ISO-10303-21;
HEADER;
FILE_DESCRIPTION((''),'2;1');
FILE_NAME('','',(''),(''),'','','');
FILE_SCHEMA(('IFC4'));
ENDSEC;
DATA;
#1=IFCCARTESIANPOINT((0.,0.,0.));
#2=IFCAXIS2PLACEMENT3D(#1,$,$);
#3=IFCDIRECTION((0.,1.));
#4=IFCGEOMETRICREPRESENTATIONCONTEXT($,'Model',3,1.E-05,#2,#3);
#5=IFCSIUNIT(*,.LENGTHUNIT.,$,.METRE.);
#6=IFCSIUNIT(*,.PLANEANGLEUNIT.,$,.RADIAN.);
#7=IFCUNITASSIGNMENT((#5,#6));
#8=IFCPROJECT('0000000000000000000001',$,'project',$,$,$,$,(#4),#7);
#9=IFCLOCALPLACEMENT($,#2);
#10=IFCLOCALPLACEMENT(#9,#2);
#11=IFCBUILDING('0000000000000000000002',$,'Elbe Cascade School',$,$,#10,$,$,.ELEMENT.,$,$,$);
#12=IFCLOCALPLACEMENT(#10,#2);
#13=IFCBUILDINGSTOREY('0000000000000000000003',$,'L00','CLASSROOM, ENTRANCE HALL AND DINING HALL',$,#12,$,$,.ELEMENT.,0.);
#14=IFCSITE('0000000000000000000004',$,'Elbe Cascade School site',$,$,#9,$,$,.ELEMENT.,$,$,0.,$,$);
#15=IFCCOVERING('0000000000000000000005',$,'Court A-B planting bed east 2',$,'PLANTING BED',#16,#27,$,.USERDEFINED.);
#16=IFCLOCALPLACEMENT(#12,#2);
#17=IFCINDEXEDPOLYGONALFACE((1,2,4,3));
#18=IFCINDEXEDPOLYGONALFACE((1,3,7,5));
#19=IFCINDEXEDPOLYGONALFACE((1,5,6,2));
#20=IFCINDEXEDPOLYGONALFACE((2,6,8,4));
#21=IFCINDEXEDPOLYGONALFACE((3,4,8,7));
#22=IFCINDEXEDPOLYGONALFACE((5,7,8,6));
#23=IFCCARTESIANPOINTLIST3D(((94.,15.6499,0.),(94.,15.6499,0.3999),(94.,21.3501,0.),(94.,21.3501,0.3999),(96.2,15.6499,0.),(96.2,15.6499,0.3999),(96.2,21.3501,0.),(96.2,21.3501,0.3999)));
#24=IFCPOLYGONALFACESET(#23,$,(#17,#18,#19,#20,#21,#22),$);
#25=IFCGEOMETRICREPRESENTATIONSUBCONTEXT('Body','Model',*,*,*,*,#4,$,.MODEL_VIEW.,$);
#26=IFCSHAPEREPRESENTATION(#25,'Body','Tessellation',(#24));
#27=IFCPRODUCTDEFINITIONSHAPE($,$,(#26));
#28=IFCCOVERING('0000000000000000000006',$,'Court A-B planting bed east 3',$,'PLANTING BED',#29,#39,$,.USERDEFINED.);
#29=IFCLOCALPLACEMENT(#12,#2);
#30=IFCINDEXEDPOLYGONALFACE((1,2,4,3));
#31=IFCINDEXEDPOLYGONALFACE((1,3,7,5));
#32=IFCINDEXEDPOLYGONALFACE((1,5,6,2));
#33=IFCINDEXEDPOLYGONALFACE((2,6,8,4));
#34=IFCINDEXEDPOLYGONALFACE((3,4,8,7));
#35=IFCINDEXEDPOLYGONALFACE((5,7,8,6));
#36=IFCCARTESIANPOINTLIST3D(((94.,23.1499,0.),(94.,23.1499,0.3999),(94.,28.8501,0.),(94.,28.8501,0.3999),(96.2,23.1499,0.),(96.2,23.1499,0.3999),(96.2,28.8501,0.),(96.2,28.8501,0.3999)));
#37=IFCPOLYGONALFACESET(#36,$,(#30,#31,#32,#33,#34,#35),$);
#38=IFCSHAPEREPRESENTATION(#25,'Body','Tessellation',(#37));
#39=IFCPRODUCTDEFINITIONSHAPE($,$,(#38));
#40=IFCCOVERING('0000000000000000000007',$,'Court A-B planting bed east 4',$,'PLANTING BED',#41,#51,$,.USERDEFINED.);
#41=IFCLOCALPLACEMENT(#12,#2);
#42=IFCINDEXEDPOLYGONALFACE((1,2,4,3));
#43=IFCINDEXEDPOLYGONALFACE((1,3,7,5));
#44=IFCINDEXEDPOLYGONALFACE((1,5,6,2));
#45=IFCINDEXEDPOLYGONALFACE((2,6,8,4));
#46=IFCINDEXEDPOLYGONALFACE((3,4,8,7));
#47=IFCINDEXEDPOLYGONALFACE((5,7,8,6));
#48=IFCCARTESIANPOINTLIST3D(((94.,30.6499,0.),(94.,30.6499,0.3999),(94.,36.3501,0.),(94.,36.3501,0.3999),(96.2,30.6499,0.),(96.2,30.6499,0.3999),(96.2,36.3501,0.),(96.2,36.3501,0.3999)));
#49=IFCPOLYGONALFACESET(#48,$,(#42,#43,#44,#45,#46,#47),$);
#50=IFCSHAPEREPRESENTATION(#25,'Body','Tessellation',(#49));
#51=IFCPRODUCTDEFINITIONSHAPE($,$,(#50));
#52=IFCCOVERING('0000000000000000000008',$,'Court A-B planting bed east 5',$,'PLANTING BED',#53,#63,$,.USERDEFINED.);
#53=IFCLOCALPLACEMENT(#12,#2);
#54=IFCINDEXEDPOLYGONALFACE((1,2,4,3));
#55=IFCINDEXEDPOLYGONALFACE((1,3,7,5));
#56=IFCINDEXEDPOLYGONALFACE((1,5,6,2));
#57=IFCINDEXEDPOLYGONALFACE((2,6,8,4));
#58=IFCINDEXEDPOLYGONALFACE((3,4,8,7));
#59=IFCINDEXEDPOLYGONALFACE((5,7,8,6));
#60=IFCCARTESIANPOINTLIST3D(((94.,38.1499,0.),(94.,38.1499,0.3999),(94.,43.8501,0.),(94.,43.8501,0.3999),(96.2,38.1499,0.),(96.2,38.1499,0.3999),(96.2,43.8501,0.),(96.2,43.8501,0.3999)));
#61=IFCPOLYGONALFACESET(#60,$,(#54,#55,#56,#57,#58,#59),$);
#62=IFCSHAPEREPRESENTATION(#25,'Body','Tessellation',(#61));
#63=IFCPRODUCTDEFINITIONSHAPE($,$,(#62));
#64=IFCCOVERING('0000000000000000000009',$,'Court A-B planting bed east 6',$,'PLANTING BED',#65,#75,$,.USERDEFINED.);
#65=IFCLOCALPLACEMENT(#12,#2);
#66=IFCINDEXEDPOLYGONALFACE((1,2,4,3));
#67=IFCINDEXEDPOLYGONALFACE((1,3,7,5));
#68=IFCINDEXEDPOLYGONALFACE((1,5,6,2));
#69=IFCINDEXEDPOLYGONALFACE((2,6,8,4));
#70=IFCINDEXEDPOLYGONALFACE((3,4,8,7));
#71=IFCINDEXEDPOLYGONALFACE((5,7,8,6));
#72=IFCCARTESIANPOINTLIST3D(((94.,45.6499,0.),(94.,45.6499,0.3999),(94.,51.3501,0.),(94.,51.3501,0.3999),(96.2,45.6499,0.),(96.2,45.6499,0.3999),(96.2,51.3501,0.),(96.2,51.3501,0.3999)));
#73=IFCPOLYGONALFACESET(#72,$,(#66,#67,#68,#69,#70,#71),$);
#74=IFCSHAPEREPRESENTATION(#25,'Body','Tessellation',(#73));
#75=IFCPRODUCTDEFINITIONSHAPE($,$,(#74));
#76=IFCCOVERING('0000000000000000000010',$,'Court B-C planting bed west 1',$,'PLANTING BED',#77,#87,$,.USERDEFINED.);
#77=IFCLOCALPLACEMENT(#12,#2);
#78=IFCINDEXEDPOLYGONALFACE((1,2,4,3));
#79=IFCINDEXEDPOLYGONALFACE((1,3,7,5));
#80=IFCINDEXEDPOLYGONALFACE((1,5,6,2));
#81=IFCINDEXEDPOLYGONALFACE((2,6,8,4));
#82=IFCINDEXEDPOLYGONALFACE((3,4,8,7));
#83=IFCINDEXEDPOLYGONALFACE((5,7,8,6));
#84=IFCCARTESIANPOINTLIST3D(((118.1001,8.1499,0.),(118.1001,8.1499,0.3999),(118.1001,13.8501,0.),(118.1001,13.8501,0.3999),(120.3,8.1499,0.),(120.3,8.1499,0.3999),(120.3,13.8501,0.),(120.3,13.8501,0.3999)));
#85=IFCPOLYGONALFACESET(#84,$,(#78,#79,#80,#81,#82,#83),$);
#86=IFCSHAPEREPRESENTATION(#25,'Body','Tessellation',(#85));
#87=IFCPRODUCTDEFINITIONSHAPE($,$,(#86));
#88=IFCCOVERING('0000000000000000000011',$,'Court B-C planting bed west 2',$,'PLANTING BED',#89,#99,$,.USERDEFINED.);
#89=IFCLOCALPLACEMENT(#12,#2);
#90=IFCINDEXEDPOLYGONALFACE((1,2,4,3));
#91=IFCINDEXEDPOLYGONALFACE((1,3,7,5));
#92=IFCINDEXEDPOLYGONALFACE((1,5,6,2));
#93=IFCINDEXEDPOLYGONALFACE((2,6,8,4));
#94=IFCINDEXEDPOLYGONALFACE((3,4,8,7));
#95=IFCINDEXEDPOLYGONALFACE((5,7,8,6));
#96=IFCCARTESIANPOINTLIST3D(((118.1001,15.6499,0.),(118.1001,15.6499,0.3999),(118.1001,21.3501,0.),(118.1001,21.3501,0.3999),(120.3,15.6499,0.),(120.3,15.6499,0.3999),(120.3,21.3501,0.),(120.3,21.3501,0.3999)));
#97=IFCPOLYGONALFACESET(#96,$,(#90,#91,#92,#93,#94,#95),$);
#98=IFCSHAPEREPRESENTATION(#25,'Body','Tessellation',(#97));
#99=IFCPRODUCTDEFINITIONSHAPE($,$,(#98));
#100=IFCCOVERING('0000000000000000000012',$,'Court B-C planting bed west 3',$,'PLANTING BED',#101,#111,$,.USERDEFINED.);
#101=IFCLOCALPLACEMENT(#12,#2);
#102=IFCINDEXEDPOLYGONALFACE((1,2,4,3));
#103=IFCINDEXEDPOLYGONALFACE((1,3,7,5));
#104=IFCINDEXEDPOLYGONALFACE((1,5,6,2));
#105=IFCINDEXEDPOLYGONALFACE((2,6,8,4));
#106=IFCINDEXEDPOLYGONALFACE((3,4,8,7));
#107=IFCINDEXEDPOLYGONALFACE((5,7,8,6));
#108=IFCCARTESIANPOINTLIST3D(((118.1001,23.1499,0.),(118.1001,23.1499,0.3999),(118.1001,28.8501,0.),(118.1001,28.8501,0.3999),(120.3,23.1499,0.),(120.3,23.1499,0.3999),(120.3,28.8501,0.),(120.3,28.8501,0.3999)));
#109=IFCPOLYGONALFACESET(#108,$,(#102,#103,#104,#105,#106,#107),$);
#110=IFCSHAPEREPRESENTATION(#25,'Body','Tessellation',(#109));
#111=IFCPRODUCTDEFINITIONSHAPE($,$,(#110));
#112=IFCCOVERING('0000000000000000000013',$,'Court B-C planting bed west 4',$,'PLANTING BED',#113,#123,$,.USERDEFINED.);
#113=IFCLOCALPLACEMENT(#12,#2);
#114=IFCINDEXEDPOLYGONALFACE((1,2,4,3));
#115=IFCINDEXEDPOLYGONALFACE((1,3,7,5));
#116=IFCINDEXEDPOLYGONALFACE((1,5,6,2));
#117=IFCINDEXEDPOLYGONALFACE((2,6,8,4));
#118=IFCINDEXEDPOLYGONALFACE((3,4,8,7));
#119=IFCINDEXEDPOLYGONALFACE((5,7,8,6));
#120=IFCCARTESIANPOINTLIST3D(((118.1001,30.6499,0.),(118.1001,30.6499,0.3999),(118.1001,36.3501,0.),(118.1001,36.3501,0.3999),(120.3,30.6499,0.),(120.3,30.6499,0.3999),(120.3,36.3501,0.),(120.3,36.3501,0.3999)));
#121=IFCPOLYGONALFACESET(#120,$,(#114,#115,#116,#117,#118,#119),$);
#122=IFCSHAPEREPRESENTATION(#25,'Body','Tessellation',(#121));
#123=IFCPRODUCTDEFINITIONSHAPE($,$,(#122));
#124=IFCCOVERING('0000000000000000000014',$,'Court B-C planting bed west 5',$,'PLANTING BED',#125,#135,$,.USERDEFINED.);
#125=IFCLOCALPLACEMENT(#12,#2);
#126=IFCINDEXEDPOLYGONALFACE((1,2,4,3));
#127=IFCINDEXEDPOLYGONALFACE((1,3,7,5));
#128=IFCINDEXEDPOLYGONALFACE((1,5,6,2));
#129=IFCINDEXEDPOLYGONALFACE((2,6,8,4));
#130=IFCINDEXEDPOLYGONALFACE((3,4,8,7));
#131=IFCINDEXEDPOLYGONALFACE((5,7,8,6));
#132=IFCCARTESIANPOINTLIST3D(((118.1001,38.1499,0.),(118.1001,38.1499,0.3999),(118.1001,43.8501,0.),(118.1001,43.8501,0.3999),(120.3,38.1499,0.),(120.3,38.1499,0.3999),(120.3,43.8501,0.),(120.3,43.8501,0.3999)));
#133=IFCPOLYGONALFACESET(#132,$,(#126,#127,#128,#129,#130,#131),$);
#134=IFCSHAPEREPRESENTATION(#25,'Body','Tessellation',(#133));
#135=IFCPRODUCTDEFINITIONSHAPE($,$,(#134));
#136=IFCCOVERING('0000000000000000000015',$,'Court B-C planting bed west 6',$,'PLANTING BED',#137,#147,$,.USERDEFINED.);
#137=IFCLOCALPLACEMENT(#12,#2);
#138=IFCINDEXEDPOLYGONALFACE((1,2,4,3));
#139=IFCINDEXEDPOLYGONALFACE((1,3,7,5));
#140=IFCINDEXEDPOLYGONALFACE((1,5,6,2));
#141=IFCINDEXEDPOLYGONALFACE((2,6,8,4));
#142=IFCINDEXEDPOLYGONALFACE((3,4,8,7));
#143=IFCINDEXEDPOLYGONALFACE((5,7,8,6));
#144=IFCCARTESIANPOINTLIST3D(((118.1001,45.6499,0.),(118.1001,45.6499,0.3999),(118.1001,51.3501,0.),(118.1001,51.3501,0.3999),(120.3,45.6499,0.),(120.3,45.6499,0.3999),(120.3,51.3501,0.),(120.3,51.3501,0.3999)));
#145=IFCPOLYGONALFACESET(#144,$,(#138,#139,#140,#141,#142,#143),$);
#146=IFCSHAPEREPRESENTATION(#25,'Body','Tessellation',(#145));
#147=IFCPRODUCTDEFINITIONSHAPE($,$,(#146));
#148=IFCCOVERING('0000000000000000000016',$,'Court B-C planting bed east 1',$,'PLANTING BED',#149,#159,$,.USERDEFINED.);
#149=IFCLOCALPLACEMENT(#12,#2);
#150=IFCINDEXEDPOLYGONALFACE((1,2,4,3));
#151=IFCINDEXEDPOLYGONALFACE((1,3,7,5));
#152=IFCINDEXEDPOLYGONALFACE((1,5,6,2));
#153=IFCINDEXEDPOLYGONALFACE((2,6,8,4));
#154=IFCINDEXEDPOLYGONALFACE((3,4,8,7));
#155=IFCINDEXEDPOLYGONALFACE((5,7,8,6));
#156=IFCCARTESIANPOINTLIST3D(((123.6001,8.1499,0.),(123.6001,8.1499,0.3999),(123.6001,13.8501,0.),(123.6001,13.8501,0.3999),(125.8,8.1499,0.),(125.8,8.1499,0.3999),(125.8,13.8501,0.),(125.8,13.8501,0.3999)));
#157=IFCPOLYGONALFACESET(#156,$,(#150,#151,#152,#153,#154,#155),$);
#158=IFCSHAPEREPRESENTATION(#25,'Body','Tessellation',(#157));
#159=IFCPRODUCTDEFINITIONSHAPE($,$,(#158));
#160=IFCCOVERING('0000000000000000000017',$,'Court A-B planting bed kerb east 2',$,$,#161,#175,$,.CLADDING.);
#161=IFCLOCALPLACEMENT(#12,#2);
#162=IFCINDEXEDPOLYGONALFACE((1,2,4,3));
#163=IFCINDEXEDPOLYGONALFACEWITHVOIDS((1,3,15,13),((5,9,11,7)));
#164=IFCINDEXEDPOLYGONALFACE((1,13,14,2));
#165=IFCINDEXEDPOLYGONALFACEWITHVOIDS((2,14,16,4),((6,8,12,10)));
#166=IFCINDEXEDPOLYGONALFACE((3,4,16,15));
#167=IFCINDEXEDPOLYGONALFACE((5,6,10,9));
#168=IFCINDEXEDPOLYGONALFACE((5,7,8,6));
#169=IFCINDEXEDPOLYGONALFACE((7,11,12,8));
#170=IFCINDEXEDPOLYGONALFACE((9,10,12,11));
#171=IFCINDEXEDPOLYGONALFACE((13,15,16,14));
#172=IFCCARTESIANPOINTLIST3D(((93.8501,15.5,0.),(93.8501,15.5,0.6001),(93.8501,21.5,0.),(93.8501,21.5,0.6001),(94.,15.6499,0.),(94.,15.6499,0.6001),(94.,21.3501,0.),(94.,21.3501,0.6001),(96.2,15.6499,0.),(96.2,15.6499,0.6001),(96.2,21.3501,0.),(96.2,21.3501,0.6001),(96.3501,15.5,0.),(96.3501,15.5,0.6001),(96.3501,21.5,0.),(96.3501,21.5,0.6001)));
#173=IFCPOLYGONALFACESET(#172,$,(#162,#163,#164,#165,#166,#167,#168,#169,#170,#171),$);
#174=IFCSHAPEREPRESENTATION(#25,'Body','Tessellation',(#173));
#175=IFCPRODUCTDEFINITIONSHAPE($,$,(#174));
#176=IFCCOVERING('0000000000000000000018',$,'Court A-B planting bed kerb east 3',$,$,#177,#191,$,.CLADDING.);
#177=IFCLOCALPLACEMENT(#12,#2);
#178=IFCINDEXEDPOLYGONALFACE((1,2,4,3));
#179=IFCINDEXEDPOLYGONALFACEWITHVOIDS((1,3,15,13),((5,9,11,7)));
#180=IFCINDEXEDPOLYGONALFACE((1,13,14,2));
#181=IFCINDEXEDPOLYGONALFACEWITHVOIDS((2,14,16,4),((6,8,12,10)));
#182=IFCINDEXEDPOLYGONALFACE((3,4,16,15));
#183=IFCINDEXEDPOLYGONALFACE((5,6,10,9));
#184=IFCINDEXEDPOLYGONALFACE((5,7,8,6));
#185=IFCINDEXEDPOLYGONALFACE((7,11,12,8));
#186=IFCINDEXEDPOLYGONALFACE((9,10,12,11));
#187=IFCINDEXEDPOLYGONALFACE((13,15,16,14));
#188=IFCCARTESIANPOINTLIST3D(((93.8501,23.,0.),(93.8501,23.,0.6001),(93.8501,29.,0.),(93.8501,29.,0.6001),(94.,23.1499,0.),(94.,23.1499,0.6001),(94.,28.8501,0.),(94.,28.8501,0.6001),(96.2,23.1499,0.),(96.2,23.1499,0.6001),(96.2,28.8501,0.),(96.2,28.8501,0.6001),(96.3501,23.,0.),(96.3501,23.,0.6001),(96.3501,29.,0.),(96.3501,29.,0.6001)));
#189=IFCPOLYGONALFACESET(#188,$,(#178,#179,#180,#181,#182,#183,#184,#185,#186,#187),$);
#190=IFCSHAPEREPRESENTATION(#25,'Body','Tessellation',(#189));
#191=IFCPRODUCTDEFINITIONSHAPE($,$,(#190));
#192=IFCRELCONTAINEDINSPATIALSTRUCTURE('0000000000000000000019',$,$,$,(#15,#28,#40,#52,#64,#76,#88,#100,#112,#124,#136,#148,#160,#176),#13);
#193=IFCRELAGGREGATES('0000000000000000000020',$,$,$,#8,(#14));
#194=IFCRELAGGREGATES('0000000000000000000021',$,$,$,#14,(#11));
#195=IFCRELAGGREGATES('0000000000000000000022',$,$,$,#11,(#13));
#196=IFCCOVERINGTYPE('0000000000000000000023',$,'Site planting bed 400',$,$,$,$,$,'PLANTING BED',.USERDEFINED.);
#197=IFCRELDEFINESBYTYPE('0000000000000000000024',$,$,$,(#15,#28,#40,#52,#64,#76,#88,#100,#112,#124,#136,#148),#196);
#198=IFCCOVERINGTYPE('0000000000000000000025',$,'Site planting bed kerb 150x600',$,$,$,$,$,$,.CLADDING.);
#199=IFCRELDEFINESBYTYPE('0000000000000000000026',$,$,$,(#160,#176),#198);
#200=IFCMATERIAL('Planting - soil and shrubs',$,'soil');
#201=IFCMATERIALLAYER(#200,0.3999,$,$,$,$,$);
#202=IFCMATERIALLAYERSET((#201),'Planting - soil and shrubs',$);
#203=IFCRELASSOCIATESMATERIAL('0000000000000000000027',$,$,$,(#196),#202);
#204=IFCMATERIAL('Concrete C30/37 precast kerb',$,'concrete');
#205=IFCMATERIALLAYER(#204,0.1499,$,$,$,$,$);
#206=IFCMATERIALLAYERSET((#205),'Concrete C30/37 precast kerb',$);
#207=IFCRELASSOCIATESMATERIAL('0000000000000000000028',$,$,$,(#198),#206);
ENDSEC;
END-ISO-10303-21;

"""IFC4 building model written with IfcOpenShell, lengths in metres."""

from ifc_helpers import new_model, si_unit, direction, origin, place, context, subcontext, project, spatial, polyline, outline, extrude, material, layer, layer_set, type_object, element, save


model = new_model("IFC4")

# Units and contexts
model_context = context("Model", 3, precision=1e-05, world=origin(), true_north=direction((0.0, 1.0)))
body_context = subcontext(model_context, "Body", "Model", "MODEL_VIEW")
ifc_project = project(units=[si_unit("LENGTHUNIT", "METRE"), si_unit("PLANEANGLEUNIT", "RADIAN")], contexts=[model_context])

# Site, building, storey
site_placement = place(None, origin())
site = spatial("IfcSite", under=ifc_project, at=site_placement, Name="Elbe Cascade School site", CompositionType="ELEMENT", RefElevation=0.0)
building_placement = place(site_placement, origin())
building = spatial("IfcBuilding", under=site, at=building_placement, Name="Elbe Cascade School", CompositionType="ELEMENT")
storey_placement = place(building_placement, origin())
storey = spatial("IfcBuildingStorey", under=building, at=storey_placement, Name="L00", Description="CLASSROOM, ENTRANCE HALL AND DINING HALL", CompositionType="ELEMENT", Elevation=0.0)

# Coverings
ifc_material_1 = material(Name="Planting - soil and shrubs", Category="soil")
ifc_layer_1 = layer(ifc_material_1, 0.3999)
ifc_layer_set_1 = layer_set([ifc_layer_1], Name="Planting - soil and shrubs")
covering_type_1 = type_object("IfcCoveringType", Name="Site planting bed 400", ElementType="PLANTING BED", PredefinedType="USERDEFINED", material=ifc_layer_set_1)
covering_1_placement = place(storey_placement, origin())
element("IfcCovering", 1, at=covering_1_placement, inside=storey, type_object=covering_type_1, Name="Court A-B planting bed east 2", ObjectType="PLANTING BED", PredefinedType="USERDEFINED", context=body_context, shape_type="SweptSolid", body=[
    extrude(outline(polyline([(94.0, 15.6499), (96.2, 15.6499), (96.2, 21.3501), (94.0, 21.3501), (94.0, 15.6499)])), origin(), (0.0, 0.0, 1.0), 0.3999),
])
covering_2_placement = place(storey_placement, origin())
element("IfcCovering", 2, at=covering_2_placement, inside=storey, type_object=covering_type_1, Name="Court A-B planting bed east 3", ObjectType="PLANTING BED", PredefinedType="USERDEFINED", context=body_context, shape_type="SweptSolid", body=[
    extrude(outline(polyline([(94.0, 23.1499), (96.2, 23.1499), (96.2, 28.8501), (94.0, 28.8501), (94.0, 23.1499)])), origin(), (0.0, 0.0, 1.0), 0.3999),
])
covering_3_placement = place(storey_placement, origin())
element("IfcCovering", 3, at=covering_3_placement, inside=storey, type_object=covering_type_1, Name="Court A-B planting bed east 4", ObjectType="PLANTING BED", PredefinedType="USERDEFINED", context=body_context, shape_type="SweptSolid", body=[
    extrude(outline(polyline([(94.0, 30.6499), (96.2, 30.6499), (96.2, 36.3501), (94.0, 36.3501), (94.0, 30.6499)])), origin(), (0.0, 0.0, 1.0), 0.3999),
])
covering_4_placement = place(storey_placement, origin())
element("IfcCovering", 4, at=covering_4_placement, inside=storey, type_object=covering_type_1, Name="Court A-B planting bed east 5", ObjectType="PLANTING BED", PredefinedType="USERDEFINED", context=body_context, shape_type="SweptSolid", body=[
    extrude(outline(polyline([(94.0, 38.1499), (96.2, 38.1499), (96.2, 43.8501), (94.0, 43.8501), (94.0, 38.1499)])), origin(), (0.0, 0.0, 1.0), 0.3999),
])
covering_5_placement = place(storey_placement, origin())
element("IfcCovering", 5, at=covering_5_placement, inside=storey, type_object=covering_type_1, Name="Court A-B planting bed east 6", ObjectType="PLANTING BED", PredefinedType="USERDEFINED", context=body_context, shape_type="SweptSolid", body=[
    extrude(outline(polyline([(94.0, 45.6499), (96.2, 45.6499), (96.2, 51.3501), (94.0, 51.3501), (94.0, 45.6499)])), origin(), (0.0, 0.0, 1.0), 0.3999),
])
covering_6_placement = place(storey_placement, origin())
element("IfcCovering", 6, at=covering_6_placement, inside=storey, type_object=covering_type_1, Name="Court B-C planting bed west 1", ObjectType="PLANTING BED", PredefinedType="USERDEFINED", context=body_context, shape_type="SweptSolid", body=[
    extrude(outline(polyline([(118.1001, 8.1499), (120.3, 8.1499), (120.3, 13.8501), (118.1001, 13.8501), (118.1001, 8.1499)])), origin(), (0.0, 0.0, 1.0), 0.3999),
])
covering_7_placement = place(storey_placement, origin())
element("IfcCovering", 7, at=covering_7_placement, inside=storey, type_object=covering_type_1, Name="Court B-C planting bed west 2", ObjectType="PLANTING BED", PredefinedType="USERDEFINED", context=body_context, shape_type="SweptSolid", body=[
    extrude(outline(polyline([(118.1001, 15.6499), (120.3, 15.6499), (120.3, 21.3501), (118.1001, 21.3501), (118.1001, 15.6499)])), origin(), (0.0, 0.0, 1.0), 0.3999),
])
covering_8_placement = place(storey_placement, origin())
element("IfcCovering", 8, at=covering_8_placement, inside=storey, type_object=covering_type_1, Name="Court B-C planting bed west 3", ObjectType="PLANTING BED", PredefinedType="USERDEFINED", context=body_context, shape_type="SweptSolid", body=[
    extrude(outline(polyline([(118.1001, 23.1499), (120.3, 23.1499), (120.3, 28.8501), (118.1001, 28.8501), (118.1001, 23.1499)])), origin(), (0.0, 0.0, 1.0), 0.3999),
])
covering_9_placement = place(storey_placement, origin())
element("IfcCovering", 9, at=covering_9_placement, inside=storey, type_object=covering_type_1, Name="Court B-C planting bed west 4", ObjectType="PLANTING BED", PredefinedType="USERDEFINED", context=body_context, shape_type="SweptSolid", body=[
    extrude(outline(polyline([(118.1001, 30.6499), (120.3, 30.6499), (120.3, 36.3501), (118.1001, 36.3501), (118.1001, 30.6499)])), origin(), (0.0, 0.0, 1.0), 0.3999),
])
covering_10_placement = place(storey_placement, origin())
element("IfcCovering", 10, at=covering_10_placement, inside=storey, type_object=covering_type_1, Name="Court B-C planting bed west 5", ObjectType="PLANTING BED", PredefinedType="USERDEFINED", context=body_context, shape_type="SweptSolid", body=[
    extrude(outline(polyline([(118.1001, 38.1499), (120.3, 38.1499), (120.3, 43.8501), (118.1001, 43.8501), (118.1001, 38.1499)])), origin(), (0.0, 0.0, 1.0), 0.3999),
])
covering_11_placement = place(storey_placement, origin())
element("IfcCovering", 11, at=covering_11_placement, inside=storey, type_object=covering_type_1, Name="Court B-C planting bed west 6", ObjectType="PLANTING BED", PredefinedType="USERDEFINED", context=body_context, shape_type="SweptSolid", body=[
    extrude(outline(polyline([(118.1001, 45.6499), (120.3, 45.6499), (120.3, 51.3501), (118.1001, 51.3501), (118.1001, 45.6499)])), origin(), (0.0, 0.0, 1.0), 0.3999),
])
covering_12_placement = place(storey_placement, origin())
element("IfcCovering", 12, at=covering_12_placement, inside=storey, type_object=covering_type_1, Name="Court B-C planting bed east 1", ObjectType="PLANTING BED", PredefinedType="USERDEFINED", context=body_context, shape_type="SweptSolid", body=[
    extrude(outline(polyline([(123.6001, 8.1499), (125.8, 8.1499), (125.8, 13.8501), (123.6001, 13.8501), (123.6001, 8.1499)])), origin(), (0.0, 0.0, 1.0), 0.3999),
])
ifc_material_2 = material(Name="Concrete C30/37 precast kerb", Category="concrete")
ifc_layer_2 = layer(ifc_material_2, 0.1499)
ifc_layer_set_2 = layer_set([ifc_layer_2], Name="Concrete C30/37 precast kerb")
covering_type_2 = type_object("IfcCoveringType", Name="Site planting bed kerb 150x600", PredefinedType="CLADDING", material=ifc_layer_set_2)
covering_13_placement = place(storey_placement, origin())
element("IfcCovering", 13, at=covering_13_placement, inside=storey, type_object=covering_type_2, Name="Court A-B planting bed kerb east 2", PredefinedType="CLADDING", context=body_context, shape_type="SweptSolid", body=[
    extrude(outline(polyline([(93.8501, 15.5), (96.3501, 15.5), (96.3501, 21.5), (93.8501, 21.5), (93.8501, 15.5)]), holes=[polyline([(94.0, 15.6499), (96.2, 15.6499), (96.2, 21.3501), (94.0, 21.3501), (94.0, 15.6499)])]), origin(), (0.0, 0.0, 1.0), 0.6001),
])
covering_14_placement = place(storey_placement, origin())
element("IfcCovering", 14, at=covering_14_placement, inside=storey, type_object=covering_type_2, Name="Court A-B planting bed kerb east 3", PredefinedType="CLADDING", context=body_context, shape_type="SweptSolid", body=[
    extrude(outline(polyline([(93.8501, 23.0), (96.3501, 23.0), (96.3501, 29.0), (93.8501, 29.0), (93.8501, 23.0)]), holes=[polyline([(94.0, 23.1499), (96.2, 23.1499), (96.2, 28.8501), (94.0, 28.8501), (94.0, 23.1499)])]), origin(), (0.0, 0.0, 1.0), 0.6001),
])

save(model, "model.ifc")
